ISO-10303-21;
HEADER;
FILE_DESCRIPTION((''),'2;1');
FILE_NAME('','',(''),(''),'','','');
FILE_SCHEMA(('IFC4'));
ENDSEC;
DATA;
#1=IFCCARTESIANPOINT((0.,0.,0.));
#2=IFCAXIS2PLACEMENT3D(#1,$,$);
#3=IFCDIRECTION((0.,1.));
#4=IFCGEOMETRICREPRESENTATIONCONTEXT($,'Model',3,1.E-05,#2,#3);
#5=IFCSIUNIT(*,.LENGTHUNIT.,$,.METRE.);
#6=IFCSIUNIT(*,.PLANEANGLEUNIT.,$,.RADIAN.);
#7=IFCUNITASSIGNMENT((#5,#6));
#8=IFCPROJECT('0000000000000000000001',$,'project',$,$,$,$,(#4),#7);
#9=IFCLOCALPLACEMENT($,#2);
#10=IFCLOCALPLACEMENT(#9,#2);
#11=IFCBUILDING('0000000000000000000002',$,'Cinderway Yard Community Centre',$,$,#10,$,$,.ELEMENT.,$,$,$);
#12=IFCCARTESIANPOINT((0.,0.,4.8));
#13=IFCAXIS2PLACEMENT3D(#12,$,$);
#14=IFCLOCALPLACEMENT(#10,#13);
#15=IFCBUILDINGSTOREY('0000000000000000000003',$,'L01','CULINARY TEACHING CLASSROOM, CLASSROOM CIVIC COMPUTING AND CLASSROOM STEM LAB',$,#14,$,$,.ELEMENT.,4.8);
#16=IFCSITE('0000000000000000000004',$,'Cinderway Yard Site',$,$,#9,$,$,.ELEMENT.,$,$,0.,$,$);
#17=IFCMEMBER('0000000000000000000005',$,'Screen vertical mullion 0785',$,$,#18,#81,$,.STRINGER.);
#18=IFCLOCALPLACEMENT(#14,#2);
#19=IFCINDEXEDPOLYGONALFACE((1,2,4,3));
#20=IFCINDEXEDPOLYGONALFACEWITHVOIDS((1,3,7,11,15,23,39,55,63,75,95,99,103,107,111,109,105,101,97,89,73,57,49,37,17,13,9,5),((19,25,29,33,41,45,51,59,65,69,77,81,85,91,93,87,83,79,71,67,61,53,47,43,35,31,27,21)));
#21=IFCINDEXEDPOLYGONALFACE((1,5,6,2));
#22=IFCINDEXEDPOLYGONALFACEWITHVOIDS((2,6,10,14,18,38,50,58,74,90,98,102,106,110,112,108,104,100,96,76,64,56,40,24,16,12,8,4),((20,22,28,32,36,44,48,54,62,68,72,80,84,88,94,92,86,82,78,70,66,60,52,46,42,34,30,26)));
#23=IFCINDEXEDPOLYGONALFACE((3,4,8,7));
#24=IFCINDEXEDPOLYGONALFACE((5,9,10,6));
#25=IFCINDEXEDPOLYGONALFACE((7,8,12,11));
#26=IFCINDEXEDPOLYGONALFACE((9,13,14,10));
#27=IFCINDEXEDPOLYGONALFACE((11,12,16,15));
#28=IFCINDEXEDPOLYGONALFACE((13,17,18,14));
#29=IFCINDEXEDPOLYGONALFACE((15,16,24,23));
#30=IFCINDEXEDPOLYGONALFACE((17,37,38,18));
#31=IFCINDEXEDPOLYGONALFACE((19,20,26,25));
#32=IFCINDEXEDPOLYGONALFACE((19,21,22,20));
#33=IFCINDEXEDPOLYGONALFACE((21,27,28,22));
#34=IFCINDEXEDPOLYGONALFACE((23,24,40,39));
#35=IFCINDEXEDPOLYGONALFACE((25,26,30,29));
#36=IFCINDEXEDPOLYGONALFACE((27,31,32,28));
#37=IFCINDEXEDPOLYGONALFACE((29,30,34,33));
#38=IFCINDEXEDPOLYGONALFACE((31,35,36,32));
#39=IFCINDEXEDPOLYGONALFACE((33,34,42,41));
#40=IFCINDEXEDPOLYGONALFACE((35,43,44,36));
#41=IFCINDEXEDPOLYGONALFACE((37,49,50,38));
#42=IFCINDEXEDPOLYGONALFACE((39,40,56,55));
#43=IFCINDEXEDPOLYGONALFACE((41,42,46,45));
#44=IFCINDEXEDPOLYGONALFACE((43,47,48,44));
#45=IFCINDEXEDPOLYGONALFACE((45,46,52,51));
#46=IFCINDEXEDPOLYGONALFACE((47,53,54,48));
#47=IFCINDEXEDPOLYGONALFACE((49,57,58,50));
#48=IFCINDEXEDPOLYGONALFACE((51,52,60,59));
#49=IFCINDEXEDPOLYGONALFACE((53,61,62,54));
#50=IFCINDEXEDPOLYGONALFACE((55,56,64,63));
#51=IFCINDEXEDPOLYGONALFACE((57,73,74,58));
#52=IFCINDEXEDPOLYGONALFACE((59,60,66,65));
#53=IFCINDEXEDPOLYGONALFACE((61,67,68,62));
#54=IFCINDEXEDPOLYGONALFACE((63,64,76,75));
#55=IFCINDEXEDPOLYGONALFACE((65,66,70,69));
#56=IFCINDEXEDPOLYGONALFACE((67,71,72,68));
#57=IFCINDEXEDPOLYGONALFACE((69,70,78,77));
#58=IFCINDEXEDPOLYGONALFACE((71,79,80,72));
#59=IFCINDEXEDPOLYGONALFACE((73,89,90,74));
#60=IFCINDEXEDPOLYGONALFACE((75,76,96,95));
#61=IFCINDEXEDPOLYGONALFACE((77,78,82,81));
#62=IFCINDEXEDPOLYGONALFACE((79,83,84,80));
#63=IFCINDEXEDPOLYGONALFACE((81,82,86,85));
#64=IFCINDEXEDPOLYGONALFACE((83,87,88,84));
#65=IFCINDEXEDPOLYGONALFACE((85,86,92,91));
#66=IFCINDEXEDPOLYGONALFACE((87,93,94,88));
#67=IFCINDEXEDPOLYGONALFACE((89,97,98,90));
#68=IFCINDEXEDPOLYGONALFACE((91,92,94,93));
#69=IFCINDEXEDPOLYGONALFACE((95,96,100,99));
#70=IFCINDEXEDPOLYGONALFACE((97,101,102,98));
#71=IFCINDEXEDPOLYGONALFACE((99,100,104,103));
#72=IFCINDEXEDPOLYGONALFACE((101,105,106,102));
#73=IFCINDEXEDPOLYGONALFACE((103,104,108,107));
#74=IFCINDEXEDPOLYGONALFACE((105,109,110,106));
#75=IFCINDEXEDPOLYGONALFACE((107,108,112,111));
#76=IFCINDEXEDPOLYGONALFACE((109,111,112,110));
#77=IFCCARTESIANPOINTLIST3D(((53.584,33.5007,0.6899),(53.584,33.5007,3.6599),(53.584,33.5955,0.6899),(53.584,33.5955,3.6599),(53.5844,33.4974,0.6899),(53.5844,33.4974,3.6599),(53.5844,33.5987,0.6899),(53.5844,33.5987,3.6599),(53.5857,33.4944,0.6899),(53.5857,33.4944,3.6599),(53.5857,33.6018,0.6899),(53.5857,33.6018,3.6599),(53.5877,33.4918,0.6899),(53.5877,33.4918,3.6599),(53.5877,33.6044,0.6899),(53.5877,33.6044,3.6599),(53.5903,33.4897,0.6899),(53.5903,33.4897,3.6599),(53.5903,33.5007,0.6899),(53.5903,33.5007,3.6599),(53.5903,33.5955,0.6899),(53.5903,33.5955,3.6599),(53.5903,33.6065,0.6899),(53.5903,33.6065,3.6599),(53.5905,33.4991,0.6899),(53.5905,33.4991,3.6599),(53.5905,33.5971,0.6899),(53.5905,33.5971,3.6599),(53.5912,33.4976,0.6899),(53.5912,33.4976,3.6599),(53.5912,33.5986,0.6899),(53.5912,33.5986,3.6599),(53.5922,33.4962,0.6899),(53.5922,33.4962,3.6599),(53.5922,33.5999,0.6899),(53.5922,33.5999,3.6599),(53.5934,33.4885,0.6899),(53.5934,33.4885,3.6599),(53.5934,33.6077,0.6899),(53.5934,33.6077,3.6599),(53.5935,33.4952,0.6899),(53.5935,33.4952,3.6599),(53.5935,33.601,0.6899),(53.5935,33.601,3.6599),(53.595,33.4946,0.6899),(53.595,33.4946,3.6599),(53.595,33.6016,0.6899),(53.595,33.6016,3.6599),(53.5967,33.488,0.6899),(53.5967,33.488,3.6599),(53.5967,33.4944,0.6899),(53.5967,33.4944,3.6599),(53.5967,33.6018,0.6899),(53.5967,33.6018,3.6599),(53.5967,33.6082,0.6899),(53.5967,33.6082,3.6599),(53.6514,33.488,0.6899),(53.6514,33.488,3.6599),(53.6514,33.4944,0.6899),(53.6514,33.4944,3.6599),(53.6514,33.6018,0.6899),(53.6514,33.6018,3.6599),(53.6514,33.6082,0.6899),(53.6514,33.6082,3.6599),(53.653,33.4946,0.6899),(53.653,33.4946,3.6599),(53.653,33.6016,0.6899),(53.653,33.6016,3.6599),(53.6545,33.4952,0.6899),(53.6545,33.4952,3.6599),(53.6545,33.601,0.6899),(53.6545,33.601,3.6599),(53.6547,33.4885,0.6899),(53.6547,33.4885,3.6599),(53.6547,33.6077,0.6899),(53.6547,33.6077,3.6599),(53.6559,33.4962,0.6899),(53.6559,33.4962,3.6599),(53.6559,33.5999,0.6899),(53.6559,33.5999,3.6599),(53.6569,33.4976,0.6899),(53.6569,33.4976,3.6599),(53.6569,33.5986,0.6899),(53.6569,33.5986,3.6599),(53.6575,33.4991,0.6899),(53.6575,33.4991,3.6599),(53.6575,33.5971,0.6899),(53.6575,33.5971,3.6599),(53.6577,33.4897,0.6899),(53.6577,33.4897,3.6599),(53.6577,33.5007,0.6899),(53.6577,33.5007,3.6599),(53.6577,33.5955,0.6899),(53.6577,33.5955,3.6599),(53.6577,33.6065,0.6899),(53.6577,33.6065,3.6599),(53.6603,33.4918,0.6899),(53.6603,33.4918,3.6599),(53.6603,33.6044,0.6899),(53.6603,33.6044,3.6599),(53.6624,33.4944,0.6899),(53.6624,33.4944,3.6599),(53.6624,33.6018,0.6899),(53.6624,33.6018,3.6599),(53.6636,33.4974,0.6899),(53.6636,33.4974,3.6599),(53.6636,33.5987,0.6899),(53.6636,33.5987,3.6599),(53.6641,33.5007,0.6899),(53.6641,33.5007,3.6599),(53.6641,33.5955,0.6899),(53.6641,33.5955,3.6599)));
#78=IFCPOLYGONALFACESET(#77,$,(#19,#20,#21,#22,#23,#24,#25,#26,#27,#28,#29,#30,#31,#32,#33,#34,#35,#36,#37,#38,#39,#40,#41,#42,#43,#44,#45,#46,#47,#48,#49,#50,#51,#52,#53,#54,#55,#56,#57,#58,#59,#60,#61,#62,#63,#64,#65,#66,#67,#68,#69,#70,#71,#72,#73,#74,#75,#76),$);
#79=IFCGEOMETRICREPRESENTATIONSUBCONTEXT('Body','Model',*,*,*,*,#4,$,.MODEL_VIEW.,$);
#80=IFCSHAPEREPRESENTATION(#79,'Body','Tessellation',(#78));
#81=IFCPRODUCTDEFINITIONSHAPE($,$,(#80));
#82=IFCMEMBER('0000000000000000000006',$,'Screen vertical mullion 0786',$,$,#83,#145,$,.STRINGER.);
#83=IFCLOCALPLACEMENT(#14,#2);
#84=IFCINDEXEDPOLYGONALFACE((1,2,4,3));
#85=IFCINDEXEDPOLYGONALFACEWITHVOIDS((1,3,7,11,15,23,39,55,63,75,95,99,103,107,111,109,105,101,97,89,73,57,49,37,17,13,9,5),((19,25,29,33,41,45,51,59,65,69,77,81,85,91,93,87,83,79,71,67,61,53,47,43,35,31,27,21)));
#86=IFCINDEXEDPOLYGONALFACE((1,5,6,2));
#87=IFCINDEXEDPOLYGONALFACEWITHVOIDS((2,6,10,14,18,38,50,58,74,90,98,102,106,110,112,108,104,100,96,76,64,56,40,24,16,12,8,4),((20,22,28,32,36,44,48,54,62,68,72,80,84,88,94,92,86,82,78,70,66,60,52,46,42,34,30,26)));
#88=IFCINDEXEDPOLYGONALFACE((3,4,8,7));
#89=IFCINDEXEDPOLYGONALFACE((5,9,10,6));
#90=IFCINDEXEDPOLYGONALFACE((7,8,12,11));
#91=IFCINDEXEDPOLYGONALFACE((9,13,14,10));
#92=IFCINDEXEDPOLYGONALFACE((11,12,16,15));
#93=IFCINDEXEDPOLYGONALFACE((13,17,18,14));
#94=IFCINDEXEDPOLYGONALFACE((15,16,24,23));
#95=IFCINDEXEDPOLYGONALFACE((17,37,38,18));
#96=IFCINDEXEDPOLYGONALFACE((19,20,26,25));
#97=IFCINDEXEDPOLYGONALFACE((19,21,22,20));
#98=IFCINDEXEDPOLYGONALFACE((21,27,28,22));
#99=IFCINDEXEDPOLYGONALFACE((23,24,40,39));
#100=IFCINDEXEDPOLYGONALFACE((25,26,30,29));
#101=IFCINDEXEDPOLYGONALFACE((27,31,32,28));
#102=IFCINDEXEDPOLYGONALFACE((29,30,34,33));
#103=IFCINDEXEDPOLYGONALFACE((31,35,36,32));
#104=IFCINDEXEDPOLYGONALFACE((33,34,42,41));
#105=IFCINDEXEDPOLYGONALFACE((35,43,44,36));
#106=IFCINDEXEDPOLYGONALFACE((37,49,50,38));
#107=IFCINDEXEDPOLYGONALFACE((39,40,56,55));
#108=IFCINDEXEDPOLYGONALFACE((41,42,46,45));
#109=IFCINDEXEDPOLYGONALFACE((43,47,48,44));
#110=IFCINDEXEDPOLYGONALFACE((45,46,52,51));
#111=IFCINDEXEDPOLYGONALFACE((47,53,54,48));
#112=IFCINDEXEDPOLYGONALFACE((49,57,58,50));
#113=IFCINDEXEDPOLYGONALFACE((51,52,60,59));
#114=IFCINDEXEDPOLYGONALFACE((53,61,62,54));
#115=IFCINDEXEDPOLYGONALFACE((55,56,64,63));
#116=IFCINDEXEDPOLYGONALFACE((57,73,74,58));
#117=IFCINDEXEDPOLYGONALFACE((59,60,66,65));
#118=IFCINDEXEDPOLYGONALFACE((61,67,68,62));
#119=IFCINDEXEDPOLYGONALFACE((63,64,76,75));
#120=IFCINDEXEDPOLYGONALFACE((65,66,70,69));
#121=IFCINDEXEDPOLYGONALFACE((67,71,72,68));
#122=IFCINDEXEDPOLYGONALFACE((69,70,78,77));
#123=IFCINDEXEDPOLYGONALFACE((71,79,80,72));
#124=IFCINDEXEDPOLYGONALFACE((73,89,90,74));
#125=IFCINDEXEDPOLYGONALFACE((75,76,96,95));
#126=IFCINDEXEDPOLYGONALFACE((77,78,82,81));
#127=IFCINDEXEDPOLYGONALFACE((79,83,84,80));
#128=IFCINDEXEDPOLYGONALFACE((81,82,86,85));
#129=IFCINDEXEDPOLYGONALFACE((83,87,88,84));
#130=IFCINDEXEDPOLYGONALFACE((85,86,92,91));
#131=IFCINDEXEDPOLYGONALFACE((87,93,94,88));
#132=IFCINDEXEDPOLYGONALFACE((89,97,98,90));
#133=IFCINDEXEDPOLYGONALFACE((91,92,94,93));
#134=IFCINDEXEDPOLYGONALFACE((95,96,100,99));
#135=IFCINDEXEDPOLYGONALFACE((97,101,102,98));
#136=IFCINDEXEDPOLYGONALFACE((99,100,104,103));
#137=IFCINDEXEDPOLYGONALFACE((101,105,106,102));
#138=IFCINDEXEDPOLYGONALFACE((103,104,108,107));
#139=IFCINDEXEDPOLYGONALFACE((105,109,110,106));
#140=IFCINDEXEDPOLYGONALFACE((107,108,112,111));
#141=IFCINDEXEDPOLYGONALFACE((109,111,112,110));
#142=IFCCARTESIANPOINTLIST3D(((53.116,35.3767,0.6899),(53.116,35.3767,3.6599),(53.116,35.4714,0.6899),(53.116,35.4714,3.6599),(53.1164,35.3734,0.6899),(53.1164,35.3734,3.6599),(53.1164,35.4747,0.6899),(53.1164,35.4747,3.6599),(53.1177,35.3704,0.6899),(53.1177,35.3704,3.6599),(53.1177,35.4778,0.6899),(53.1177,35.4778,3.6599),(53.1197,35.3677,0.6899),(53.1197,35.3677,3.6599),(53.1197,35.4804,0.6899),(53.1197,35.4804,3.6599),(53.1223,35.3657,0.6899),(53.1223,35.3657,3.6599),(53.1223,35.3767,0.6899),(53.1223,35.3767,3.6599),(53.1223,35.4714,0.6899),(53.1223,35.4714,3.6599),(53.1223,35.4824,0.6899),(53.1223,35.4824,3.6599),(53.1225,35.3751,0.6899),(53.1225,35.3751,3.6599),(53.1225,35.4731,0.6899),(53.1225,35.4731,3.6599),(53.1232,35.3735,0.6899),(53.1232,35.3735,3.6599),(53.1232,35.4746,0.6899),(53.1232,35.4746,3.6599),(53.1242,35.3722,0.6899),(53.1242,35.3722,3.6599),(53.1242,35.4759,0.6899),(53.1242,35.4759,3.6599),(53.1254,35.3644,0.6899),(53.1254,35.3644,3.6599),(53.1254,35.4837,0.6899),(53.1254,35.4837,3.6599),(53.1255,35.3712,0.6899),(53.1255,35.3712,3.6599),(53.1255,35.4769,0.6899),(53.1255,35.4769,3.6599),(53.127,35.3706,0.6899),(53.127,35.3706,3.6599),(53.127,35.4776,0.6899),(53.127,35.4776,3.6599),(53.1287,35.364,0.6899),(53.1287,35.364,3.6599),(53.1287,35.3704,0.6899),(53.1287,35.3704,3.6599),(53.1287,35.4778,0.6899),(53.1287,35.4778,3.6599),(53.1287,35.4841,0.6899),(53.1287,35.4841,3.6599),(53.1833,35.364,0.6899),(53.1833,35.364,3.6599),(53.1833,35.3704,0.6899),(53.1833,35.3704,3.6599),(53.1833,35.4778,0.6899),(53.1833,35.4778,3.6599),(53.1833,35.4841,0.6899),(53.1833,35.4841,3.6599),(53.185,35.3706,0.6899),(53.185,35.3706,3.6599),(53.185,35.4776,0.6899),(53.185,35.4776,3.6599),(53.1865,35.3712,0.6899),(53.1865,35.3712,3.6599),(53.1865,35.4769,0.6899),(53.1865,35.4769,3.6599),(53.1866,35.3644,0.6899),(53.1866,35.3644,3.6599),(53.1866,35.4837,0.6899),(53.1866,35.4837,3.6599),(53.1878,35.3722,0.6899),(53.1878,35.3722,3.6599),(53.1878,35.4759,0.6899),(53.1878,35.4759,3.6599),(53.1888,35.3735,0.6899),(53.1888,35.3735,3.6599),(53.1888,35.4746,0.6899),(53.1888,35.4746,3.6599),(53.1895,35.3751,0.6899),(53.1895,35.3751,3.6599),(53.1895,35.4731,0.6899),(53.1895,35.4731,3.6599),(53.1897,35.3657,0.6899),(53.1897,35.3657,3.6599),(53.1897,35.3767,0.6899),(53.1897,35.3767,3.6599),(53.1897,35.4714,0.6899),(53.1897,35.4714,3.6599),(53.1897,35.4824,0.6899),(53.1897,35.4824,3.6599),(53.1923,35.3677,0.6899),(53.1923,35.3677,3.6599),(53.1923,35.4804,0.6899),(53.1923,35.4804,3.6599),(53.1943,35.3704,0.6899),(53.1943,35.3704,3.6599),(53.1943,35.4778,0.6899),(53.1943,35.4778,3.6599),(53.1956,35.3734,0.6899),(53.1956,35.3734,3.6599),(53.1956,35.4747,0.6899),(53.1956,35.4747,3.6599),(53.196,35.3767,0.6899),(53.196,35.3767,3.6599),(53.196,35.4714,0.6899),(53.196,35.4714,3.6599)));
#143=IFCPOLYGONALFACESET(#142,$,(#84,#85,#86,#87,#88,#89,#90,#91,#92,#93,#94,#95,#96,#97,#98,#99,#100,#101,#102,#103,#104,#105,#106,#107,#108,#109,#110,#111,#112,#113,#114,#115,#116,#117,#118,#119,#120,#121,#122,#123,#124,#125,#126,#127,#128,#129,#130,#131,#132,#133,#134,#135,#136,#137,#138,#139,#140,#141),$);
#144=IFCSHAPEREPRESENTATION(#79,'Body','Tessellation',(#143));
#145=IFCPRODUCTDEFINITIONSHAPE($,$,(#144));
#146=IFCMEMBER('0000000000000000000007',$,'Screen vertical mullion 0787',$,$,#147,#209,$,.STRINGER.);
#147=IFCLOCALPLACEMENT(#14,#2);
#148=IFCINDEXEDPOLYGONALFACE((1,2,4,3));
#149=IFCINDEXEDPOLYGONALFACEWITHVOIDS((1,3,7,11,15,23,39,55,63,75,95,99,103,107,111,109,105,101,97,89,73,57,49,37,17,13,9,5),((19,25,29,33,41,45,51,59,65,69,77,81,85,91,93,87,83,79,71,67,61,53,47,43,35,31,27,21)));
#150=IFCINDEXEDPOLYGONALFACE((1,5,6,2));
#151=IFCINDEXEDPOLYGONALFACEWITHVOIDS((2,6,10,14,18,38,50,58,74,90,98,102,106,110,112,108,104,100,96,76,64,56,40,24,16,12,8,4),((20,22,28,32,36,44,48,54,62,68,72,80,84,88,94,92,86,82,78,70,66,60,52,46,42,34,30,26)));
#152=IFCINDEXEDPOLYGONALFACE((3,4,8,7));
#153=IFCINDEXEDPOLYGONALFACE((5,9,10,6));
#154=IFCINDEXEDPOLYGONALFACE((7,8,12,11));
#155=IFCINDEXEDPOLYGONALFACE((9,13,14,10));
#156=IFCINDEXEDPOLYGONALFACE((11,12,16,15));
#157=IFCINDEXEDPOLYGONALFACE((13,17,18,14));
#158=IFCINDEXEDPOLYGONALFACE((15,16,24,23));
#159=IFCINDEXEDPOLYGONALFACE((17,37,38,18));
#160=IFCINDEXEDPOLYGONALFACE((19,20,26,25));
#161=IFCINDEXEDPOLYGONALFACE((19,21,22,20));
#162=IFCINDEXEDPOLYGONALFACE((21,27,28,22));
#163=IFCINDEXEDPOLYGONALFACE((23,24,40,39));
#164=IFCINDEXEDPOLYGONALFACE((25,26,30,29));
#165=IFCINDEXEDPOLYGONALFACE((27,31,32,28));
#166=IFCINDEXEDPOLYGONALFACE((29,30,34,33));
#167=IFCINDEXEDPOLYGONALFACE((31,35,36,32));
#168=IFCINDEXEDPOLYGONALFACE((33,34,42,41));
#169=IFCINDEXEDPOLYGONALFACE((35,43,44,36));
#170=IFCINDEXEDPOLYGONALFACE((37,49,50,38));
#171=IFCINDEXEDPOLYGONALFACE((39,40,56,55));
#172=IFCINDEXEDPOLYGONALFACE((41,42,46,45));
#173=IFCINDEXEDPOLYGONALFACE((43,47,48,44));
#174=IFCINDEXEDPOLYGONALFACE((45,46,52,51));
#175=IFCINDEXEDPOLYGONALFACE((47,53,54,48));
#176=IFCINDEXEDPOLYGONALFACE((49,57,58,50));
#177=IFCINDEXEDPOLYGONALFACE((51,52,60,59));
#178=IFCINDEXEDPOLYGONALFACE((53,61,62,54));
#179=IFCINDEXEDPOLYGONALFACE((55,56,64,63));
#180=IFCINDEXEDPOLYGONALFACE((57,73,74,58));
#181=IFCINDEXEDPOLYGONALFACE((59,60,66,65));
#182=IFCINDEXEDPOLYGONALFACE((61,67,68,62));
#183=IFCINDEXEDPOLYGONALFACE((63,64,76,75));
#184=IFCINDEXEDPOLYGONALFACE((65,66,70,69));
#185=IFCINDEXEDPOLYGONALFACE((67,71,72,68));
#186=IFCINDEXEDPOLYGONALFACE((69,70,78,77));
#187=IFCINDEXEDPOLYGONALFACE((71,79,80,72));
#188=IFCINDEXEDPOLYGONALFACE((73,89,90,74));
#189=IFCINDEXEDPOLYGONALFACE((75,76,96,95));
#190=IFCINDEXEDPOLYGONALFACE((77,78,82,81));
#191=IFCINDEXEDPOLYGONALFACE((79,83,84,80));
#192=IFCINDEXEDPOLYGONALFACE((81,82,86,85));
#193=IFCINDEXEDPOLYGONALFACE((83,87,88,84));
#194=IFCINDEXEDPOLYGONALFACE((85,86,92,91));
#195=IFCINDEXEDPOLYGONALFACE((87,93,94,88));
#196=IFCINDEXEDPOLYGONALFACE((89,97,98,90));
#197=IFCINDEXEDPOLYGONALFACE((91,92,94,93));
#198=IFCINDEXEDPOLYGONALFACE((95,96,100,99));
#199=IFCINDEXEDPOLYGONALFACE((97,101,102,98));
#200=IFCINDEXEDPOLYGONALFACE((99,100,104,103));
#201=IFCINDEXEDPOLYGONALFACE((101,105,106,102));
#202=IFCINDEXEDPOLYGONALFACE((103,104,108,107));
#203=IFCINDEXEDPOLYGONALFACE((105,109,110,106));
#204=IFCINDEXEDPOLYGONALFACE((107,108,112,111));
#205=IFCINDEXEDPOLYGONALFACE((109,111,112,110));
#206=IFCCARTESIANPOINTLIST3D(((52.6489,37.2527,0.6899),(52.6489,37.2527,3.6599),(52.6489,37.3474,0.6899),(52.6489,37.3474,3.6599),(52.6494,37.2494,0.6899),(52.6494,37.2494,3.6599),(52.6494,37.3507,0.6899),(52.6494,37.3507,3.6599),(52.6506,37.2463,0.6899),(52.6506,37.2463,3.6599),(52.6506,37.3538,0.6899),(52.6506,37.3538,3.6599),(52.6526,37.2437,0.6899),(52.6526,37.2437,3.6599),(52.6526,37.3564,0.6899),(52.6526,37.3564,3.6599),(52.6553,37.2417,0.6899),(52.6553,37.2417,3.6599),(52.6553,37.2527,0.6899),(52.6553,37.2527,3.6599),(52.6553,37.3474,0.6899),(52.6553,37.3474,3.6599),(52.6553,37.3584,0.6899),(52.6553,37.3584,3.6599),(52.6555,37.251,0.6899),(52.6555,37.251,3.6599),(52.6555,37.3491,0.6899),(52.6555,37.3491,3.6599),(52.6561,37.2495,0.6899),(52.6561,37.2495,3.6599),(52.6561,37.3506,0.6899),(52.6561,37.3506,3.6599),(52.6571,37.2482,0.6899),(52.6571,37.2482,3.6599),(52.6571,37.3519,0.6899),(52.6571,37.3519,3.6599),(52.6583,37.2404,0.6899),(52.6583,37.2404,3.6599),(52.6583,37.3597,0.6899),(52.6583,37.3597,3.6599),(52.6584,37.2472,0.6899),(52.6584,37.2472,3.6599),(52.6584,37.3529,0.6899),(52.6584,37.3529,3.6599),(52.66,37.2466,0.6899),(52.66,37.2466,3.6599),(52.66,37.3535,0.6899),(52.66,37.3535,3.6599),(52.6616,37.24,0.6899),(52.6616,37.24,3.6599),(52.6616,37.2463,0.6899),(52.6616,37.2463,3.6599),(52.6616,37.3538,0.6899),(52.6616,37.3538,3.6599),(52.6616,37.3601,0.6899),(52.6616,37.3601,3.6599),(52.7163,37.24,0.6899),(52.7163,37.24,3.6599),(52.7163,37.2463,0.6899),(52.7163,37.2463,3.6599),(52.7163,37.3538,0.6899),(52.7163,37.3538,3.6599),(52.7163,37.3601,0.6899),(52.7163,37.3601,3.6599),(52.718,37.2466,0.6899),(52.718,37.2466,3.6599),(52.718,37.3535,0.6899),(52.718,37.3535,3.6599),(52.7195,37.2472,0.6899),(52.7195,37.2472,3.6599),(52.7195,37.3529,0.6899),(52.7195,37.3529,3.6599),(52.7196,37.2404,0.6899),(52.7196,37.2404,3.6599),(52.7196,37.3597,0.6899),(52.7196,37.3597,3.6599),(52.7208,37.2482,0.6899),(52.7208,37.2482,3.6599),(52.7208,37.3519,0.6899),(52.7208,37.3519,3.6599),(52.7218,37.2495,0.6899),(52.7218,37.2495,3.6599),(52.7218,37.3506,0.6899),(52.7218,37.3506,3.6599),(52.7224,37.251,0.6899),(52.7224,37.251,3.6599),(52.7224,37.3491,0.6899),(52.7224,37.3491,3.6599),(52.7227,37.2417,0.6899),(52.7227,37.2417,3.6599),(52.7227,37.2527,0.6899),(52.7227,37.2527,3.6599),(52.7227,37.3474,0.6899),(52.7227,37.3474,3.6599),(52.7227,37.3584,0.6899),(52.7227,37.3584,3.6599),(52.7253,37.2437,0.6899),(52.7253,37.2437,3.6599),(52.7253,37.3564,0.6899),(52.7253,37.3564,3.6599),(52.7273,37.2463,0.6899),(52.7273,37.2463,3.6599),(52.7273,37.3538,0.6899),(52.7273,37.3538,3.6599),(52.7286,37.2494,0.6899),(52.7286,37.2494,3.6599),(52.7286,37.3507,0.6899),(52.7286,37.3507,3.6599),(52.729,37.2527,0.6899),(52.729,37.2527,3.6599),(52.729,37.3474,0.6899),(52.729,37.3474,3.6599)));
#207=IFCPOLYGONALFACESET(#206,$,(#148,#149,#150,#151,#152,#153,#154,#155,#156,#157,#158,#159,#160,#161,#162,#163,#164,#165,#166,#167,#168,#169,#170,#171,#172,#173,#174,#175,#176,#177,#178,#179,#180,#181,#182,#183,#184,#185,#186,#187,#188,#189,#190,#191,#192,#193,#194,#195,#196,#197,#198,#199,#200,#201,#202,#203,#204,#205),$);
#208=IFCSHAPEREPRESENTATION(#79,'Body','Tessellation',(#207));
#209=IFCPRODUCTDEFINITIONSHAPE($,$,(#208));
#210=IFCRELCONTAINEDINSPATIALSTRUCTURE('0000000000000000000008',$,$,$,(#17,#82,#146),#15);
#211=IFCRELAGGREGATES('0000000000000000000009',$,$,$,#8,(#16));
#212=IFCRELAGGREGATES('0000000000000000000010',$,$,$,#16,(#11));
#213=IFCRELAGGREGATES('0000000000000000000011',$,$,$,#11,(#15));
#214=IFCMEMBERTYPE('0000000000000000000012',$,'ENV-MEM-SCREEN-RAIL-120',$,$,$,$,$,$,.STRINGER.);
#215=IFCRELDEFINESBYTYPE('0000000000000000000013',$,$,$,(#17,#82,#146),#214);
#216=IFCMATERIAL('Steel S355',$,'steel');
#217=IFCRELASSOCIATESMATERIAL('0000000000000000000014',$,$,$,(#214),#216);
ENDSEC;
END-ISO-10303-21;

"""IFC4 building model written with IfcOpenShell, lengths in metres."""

from ifc_helpers import new_model, si_unit, direction, frame, origin, origin_2d, place, context, subcontext, project, spatial, hollow_rectangle, extrude, material, material_profile, profile_set, type_object, element, save


model = new_model("IFC4")

# Units and contexts
model_context = context("Model", 3, precision=1e-05, world=origin(), true_north=direction((0.0, 1.0)))
body_context = subcontext(model_context, "Body", "Model", "MODEL_VIEW")
ifc_project = project(units=[si_unit("LENGTHUNIT", "METRE"), si_unit("PLANEANGLEUNIT", "RADIAN")], contexts=[model_context])

# Site, building, storey
site_placement = place(None, origin())
site = spatial("IfcSite", under=ifc_project, at=site_placement, Name="Cinderway Yard Site", CompositionType="ELEMENT", RefElevation=0.0)
building_placement = place(site_placement, origin())
building = spatial("IfcBuilding", under=site, at=building_placement, Name="Cinderway Yard Community Centre", CompositionType="ELEMENT")
storey_placement = place(building_placement, frame((0.0, 0.0, 4.8)))
storey = spatial("IfcBuildingStorey", under=building, at=storey_placement, Name="L01", Description="CULINARY TEACHING CLASSROOM, CLASSROOM CIVIC COMPUTING AND CLASSROOM STEM LAB", CompositionType="ELEMENT", Elevation=4.8)

# Members
ifc_material_1 = material(Name="Steel S355", Category="steel")
ifc_material_profile_1 = material_profile(ifc_material_1, hollow_rectangle(XDim=0.0801, YDim=0.1201, WallThickness=0.0063, InnerFilletRadius=0.0063, OuterFilletRadius=0.0127, at=origin_2d()), Name="Steel S355")
ifc_profile_set_1 = profile_set([ifc_material_profile_1], Name="Steel S355")
member_type_1 = type_object("IfcMemberType", Name="ENV-MEM-SCREEN-RAIL-120", PredefinedType="STRINGER", material=ifc_profile_set_1)
for number, where, z_axis, x_axis, name in (
    (1, (53.624, 33.5481, 0.6899), (0.0, 0.0, 1.0), (1.0, 0.0, 0.0), "Screen vertical mullion 0785"),
    (2, (53.156, 35.4241, 0.6899), (0.0, 0.0, 1.0), (1.0, 0.0, 0.0), "Screen vertical mullion 0786"),
    (3, (52.689, 37.3, 0.6899), (0.0, 0.0, 1.0), (1.0, 0.0, 0.0), "Screen vertical mullion 0787"),
):
    element("IfcMember", number, at=place(storey_placement, frame(where, z_axis=z_axis, x_axis=x_axis)), inside=storey, type_object=member_type_1, Name=name, PredefinedType="STRINGER", context=body_context, shape_type="SweptSolid", body=[
        extrude(hollow_rectangle(XDim=0.0801, YDim=0.1201, WallThickness=0.0063, InnerFilletRadius=0.0063, OuterFilletRadius=0.0127, at=origin_2d()), origin(), (0.0, 0.0, 1.0), 2.97),
    ])

save(model, "model.ifc")
